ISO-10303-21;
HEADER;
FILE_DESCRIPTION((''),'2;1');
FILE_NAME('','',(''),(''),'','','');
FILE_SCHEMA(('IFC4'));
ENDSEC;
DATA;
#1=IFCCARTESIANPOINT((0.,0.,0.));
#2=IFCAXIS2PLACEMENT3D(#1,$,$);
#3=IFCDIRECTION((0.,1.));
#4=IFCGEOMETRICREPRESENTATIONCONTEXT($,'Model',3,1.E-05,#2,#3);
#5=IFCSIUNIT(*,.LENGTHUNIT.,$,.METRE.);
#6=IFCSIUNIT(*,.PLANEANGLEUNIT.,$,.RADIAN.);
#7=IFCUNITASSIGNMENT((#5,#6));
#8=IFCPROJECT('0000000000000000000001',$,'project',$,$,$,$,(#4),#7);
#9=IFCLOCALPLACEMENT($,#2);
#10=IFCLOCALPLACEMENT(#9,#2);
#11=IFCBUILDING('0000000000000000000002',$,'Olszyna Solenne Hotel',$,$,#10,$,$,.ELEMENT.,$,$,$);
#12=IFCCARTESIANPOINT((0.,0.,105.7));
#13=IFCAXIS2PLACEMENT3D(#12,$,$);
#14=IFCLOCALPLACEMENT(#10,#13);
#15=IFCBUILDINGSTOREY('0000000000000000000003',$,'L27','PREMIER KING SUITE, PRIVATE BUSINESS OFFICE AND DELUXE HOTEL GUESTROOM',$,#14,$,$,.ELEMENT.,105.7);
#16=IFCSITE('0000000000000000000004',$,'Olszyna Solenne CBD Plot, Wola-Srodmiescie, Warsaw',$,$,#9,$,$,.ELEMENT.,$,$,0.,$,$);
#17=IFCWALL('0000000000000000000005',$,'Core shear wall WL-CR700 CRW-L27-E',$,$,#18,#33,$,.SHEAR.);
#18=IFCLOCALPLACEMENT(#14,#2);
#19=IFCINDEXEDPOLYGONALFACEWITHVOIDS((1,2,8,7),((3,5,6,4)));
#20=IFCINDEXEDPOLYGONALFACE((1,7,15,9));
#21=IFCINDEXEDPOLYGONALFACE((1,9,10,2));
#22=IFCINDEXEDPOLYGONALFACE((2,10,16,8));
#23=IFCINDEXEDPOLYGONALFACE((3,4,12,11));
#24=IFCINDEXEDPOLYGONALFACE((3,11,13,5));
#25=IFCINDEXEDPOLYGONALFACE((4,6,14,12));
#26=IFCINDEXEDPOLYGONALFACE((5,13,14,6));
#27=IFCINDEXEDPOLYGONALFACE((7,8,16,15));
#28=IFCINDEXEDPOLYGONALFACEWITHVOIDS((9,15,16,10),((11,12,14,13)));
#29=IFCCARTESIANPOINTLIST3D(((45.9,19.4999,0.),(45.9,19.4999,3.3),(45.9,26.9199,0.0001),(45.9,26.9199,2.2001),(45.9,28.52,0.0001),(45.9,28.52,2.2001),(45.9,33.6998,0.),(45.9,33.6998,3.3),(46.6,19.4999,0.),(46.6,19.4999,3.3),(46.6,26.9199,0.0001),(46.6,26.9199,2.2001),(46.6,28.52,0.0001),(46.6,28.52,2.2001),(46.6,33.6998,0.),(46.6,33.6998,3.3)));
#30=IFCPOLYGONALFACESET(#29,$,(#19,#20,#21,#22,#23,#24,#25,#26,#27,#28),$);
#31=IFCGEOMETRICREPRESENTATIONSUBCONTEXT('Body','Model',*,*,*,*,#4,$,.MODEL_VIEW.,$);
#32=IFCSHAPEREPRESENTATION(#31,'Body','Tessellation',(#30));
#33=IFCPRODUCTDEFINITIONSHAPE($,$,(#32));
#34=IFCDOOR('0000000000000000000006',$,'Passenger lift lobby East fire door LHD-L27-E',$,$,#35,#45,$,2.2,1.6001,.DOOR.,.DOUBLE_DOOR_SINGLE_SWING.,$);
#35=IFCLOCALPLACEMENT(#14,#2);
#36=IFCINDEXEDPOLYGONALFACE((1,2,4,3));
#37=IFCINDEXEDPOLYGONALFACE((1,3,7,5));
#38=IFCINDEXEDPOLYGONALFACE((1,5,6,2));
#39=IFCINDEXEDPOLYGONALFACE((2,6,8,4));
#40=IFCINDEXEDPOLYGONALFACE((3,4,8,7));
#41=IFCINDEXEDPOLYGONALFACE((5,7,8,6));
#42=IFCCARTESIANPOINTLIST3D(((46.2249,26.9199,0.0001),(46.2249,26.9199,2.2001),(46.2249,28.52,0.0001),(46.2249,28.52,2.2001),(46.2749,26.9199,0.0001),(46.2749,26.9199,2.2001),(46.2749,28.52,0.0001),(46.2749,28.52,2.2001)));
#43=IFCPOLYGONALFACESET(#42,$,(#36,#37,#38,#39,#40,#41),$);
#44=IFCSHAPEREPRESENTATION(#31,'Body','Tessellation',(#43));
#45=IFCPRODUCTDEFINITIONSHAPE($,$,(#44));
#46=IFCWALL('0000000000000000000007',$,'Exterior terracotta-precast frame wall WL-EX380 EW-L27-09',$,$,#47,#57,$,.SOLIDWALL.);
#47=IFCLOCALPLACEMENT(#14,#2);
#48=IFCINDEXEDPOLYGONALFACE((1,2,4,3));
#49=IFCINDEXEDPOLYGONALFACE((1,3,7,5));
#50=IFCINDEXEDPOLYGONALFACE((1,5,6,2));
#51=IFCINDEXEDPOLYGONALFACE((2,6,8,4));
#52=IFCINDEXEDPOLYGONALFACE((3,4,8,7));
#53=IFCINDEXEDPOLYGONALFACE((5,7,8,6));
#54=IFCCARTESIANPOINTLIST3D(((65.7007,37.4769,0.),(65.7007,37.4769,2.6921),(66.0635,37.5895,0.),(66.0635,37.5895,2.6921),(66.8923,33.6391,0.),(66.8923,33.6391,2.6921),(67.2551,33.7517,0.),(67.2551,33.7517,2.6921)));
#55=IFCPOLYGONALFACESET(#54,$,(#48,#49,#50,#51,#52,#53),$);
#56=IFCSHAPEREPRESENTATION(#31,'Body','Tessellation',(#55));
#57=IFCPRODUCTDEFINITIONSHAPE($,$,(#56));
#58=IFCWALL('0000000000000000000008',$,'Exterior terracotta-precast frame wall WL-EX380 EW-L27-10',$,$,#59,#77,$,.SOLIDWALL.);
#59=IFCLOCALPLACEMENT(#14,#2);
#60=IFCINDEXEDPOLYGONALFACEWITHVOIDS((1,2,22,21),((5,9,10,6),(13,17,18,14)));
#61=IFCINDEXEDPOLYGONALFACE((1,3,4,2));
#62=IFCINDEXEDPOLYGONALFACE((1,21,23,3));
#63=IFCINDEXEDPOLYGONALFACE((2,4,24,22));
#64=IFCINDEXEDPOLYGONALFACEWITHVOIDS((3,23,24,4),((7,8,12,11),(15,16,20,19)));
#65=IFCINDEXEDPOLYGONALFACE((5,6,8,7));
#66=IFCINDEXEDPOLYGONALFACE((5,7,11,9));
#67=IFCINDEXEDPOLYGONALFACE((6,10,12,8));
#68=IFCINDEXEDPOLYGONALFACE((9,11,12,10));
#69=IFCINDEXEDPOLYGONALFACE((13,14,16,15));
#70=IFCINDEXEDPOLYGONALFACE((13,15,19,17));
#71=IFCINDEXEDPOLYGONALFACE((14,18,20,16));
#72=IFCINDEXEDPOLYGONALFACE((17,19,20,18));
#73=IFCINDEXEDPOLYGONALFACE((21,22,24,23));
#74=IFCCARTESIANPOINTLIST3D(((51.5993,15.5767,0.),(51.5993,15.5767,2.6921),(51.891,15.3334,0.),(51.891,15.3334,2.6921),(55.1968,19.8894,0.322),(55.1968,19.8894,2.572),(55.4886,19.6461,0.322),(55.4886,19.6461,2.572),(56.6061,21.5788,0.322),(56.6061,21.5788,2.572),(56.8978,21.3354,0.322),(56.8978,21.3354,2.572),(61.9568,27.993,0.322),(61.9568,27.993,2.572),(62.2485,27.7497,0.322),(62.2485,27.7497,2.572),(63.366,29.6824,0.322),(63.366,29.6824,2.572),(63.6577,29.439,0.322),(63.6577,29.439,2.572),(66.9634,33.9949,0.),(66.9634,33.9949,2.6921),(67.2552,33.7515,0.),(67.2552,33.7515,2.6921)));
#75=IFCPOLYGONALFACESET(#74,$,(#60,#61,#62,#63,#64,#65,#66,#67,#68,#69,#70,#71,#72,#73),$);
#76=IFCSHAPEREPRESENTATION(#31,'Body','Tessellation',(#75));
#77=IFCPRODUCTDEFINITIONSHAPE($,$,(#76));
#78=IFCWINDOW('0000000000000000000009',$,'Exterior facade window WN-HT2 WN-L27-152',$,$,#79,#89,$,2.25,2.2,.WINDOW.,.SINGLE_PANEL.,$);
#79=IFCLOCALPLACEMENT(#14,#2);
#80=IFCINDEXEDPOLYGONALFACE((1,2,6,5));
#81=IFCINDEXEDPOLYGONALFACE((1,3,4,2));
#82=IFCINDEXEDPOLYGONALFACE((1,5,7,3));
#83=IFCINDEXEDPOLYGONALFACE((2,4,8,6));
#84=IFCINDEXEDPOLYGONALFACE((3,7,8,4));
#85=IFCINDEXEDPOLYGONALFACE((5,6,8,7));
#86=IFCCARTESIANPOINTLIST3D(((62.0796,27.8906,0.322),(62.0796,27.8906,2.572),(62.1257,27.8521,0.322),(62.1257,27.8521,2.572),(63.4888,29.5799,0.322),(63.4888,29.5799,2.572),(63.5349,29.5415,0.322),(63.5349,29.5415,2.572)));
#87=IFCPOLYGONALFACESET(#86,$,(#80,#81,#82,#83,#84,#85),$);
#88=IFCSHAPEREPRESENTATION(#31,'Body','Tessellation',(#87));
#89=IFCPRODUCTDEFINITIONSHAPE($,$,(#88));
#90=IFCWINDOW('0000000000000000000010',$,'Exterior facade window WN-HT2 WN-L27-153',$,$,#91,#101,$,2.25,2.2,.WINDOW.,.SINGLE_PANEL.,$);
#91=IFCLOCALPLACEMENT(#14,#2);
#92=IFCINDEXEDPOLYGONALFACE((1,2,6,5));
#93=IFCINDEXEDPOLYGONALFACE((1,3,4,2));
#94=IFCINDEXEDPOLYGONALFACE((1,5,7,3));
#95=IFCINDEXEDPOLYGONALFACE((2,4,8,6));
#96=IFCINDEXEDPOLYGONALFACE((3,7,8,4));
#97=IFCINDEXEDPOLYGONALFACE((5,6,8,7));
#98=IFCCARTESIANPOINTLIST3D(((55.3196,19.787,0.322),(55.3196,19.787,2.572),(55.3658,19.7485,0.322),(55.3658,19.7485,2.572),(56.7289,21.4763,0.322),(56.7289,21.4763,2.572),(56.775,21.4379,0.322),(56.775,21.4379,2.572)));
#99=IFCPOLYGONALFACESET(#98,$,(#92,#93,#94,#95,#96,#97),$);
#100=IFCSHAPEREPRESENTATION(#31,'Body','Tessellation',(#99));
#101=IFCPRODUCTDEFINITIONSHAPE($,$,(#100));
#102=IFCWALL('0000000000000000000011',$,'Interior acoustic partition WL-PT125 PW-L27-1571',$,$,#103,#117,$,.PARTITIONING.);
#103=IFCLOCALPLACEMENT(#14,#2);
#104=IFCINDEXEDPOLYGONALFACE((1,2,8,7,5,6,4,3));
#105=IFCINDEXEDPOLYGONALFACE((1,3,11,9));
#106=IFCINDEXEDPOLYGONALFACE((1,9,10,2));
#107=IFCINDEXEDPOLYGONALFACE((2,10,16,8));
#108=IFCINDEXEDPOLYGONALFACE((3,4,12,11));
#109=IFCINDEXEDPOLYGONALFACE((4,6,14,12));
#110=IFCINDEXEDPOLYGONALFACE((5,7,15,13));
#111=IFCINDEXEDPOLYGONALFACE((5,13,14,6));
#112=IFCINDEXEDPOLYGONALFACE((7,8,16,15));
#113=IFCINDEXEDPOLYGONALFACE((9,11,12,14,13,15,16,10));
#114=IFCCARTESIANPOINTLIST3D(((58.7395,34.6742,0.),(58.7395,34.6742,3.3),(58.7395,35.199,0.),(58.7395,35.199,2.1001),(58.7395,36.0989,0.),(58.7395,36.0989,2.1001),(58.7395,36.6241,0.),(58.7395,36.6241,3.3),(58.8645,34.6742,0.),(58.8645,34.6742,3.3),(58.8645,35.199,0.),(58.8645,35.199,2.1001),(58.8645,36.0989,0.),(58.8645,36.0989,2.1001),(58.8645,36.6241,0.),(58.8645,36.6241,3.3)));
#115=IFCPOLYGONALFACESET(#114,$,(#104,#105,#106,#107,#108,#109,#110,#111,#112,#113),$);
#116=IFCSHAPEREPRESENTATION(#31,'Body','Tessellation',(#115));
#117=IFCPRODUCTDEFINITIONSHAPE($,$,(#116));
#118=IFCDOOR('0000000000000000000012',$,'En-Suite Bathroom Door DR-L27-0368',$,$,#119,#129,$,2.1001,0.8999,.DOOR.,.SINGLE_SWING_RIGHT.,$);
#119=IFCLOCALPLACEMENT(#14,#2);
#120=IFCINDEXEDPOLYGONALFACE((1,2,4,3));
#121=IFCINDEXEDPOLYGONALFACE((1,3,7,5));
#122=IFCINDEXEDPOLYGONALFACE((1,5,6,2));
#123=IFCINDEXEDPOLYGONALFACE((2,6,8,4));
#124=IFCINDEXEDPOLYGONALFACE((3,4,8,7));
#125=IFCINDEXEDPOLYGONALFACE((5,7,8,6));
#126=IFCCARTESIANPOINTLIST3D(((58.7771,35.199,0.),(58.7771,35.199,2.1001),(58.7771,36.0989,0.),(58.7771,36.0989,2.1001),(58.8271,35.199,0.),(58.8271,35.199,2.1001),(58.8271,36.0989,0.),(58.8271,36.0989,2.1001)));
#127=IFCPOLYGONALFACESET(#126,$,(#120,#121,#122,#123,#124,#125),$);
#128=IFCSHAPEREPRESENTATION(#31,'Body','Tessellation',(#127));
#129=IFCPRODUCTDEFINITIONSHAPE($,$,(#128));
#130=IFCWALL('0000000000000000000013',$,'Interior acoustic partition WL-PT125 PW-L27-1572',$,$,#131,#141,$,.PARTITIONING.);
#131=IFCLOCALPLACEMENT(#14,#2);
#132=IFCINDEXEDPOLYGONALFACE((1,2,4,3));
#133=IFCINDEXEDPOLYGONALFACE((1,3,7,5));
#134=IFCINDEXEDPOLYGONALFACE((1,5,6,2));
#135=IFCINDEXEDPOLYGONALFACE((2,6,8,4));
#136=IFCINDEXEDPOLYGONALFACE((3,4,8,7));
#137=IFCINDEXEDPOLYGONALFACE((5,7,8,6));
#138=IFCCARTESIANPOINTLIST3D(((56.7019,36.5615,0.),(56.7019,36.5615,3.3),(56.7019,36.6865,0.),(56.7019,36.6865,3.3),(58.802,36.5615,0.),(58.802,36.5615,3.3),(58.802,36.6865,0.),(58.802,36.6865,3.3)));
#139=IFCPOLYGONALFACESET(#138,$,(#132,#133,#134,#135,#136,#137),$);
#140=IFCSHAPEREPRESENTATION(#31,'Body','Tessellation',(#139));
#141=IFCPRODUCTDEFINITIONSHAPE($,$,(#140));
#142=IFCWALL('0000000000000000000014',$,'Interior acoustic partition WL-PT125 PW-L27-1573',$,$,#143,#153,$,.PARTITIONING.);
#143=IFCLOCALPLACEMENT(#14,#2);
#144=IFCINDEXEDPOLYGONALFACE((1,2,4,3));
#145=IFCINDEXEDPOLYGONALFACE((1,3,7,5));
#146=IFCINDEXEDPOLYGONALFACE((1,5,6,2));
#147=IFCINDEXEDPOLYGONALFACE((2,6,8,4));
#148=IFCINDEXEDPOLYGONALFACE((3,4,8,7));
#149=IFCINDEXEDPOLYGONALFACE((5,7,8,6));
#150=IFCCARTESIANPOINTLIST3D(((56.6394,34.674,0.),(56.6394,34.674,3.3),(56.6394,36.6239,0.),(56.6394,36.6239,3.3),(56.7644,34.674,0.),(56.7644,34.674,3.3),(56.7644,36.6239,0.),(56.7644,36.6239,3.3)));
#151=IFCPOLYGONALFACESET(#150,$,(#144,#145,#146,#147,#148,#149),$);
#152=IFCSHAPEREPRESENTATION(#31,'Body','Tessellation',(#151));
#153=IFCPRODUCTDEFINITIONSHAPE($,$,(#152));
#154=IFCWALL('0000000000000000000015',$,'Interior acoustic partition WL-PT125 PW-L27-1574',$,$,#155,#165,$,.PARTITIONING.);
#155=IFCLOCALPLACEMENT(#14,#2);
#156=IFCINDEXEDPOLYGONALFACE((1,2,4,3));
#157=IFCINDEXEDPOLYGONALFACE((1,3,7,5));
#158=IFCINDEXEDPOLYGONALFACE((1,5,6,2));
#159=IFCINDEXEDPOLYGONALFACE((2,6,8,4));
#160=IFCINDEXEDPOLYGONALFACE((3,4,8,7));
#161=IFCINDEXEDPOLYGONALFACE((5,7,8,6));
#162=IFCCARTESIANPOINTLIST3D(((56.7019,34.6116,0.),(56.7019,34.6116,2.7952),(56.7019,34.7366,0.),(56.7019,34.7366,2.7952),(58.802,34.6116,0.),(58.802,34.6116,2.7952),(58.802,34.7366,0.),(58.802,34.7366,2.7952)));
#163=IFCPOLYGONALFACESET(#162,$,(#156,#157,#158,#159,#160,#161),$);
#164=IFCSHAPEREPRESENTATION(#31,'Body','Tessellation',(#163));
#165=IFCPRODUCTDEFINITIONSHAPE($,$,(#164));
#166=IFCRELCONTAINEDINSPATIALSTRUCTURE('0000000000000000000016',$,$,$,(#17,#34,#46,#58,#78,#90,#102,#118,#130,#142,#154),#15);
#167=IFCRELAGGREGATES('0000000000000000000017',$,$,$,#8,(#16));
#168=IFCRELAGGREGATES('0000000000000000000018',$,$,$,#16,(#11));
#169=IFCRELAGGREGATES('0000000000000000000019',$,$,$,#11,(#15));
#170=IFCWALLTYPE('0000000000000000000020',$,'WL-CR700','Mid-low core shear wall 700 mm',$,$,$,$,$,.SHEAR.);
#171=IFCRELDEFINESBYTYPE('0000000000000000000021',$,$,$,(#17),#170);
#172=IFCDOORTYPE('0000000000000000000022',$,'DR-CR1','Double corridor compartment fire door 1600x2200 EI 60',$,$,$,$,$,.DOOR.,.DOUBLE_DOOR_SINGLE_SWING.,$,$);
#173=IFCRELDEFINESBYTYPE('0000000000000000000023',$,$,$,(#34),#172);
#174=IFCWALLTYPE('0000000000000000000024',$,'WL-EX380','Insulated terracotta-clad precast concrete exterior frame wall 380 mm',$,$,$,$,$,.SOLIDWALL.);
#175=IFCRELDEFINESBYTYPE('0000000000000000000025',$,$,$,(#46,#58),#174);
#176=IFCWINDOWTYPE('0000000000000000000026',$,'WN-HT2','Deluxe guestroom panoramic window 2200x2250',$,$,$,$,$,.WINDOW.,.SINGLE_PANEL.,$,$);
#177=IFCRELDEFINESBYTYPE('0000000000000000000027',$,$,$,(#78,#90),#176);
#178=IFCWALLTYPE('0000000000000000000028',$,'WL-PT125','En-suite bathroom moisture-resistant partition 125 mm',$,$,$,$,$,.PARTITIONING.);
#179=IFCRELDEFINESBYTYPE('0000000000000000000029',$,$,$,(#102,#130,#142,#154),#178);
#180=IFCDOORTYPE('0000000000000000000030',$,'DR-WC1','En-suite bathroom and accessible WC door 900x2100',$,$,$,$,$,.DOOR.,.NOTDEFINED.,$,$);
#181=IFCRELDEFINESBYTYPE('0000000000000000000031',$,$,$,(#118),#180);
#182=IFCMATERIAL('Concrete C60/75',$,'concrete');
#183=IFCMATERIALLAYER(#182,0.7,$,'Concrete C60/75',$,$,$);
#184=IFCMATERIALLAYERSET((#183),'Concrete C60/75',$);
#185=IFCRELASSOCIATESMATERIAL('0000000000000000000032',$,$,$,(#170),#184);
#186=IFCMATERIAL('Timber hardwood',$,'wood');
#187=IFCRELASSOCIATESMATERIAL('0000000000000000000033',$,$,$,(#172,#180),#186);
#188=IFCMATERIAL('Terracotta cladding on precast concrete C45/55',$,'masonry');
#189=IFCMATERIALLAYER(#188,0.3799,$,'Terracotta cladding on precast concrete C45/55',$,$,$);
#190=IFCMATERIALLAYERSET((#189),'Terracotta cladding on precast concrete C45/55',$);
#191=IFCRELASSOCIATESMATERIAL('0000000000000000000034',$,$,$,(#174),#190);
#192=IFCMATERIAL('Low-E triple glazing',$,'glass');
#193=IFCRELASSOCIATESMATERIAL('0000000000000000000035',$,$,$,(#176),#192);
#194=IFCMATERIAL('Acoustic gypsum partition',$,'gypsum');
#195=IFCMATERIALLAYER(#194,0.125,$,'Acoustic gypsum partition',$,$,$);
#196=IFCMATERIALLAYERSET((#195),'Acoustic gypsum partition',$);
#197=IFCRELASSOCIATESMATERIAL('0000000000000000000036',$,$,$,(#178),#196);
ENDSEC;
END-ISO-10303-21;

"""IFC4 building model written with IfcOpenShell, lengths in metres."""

from ifc_helpers import new_model, si_unit, direction, frame, frame_2d, origin, place, context, subcontext, project, spatial, rectangle, extrude, source, transform, mapped, material, layer, layer_set, type_object, type_shapes, element, fill, save


model = new_model("IFC4")

# Units and contexts
model_context = context("Model", 3, precision=1e-05, world=origin(), true_north=direction((0.0, 1.0)))
body_context = subcontext(model_context, "Body", "Model", "MODEL_VIEW")
ifc_project = project(units=[si_unit("LENGTHUNIT", "METRE"), si_unit("PLANEANGLEUNIT", "RADIAN")], contexts=[model_context])

# Site, building, storey
site_placement = place(None, origin())
site = spatial("IfcSite", under=ifc_project, at=site_placement, Name="Olszyna Solenne CBD Plot, Wola-Srodmiescie, Warsaw", CompositionType="ELEMENT", RefElevation=0.0)
building_placement = place(site_placement, origin())
building = spatial("IfcBuilding", under=site, at=building_placement, Name="Olszyna Solenne Hotel", CompositionType="ELEMENT")
storey_placement = place(building_placement, frame((0.0, 0.0, 105.7)))
storey = spatial("IfcBuildingStorey", under=building, at=storey_placement, Name="L27", Description="PREMIER KING SUITE, PRIVATE BUSINESS OFFICE AND DELUXE HOTEL GUESTROOM", CompositionType="ELEMENT", Elevation=105.7)

# Wall, opening, door
ifc_material_1 = material(Name="Concrete C60/75", Category="concrete")
ifc_layer_1 = layer(ifc_material_1, 0.7, Name="Concrete C60/75")
ifc_layer_set_1 = layer_set([ifc_layer_1], Name="Concrete C60/75")
wall_type_1 = type_object("IfcWallType", Name="WL-CR700", Description="Mid-low core shear wall 700 mm", PredefinedType="SHEAR", material=ifc_layer_set_1)
wall_1_placement = place(storey_placement, frame((46.25, 33.7, 0.0), z_axis=(0.0, 0.0, 1.0), x_axis=(0.0, -1.0, 0.0)))
wall_1 = element("IfcWall", 1, at=wall_1_placement, inside=storey, type_object=wall_type_1, Name="Core shear wall WL-CR700 CRW-L27-E", PredefinedType="SHEAR", context=body_context, shape_type="SweptSolid", body=[
    extrude(rectangle(XDim=14.2, YDim=0.7, at=frame_2d((7.1001, 0.0))), origin(), (0.0, 0.0, 1.0), 3.3),
])
opening_1_placement = place(wall_1_placement, frame((5.1799, 0.0, 0.0)))
opening_1 = element("IfcOpeningElement", 2, at=opening_1_placement, cuts=wall_1, PredefinedType="OPENING", context=body_context, shape_type="SweptSolid", body=[
    extrude(rectangle(XDim=1.6001, YDim=2.2, at=frame_2d((0.8, 1.1001))), frame((0.0, 0.3599, 0.0), z_axis=(0.0, -1.0, 0.0), x_axis=(1.0, 0.0, 0.0)), (0.0, 0.0, 1.0), 0.72),
])
ifc_material_2 = material(Name="Timber hardwood", Category="wood")
door_type_1 = type_object("IfcDoorType", Name="DR-CR1", Description="Double corridor compartment fire door 1600x2200 EI 60", OperationType="DOUBLE_DOOR_SINGLE_SWING", PredefinedType="DOOR", material=ifc_material_2)
shared_shape_1 = source(origin(), body_context, "Body", "SweptSolid", [
    extrude(rectangle(XDim=1.6001, YDim=2.2, at=frame_2d((0.8, 1.1001))), frame((0.0, 0.0249, 0.0), z_axis=(0.0, -1.0, 0.0), x_axis=(1.0, 0.0, 0.0)), (0.0, 0.0, 1.0), 0.05),
])
type_shapes(door_type_1, [shared_shape_1])
door_1_placement = place(opening_1_placement, origin())
door_1 = element("IfcDoor", 3, at=door_1_placement, inside=storey, type_object=door_type_1, Name="Passenger lift lobby East fire door LHD-L27-E", OperationType="DOUBLE_DOOR_SINGLE_SWING", OverallHeight=2.2, OverallWidth=1.6001, PredefinedType="DOOR", context=body_context, shape_type="MappedRepresentation", body=[
    mapped(shared_shape_1, transform((0.0, 0.0, 0.0), x_axis=(1.0, 0.0, 0.0), y_axis=(0.0, 1.0, 0.0), z_axis=(0.0, 0.0, 1.0), scale=1.0)),
])
fill(opening_1, door_1)

# Wall
ifc_material_3 = material(Name="Terracotta cladding on precast concrete C45/55", Category="masonry")
ifc_layer_2 = layer(ifc_material_3, 0.3799, Name="Terracotta cladding on precast concrete C45/55")
ifc_layer_set_2 = layer_set([ifc_layer_2], Name="Terracotta cladding on precast concrete C45/55")
wall_type_2 = type_object("IfcWallType", Name="WL-EX380", Description="Insulated terracotta-clad precast concrete exterior frame wall 380 mm", PredefinedType="SOLIDWALL", material=ifc_layer_set_2)
wall_2_placement = place(storey_placement, frame((65.8821, 37.5332, 0.0), z_axis=(0.0, 0.0, 1.0), x_axis=(0.296531, -0.955023, 0.0)))
element("IfcWall", 4, at=wall_2_placement, inside=storey, type_object=wall_type_2, Name="Exterior terracotta-precast frame wall WL-EX380 EW-L27-09", PredefinedType="SOLIDWALL", context=body_context, shape_type="SweptSolid", body=[
    extrude(rectangle(XDim=4.0186, YDim=0.3799, at=frame_2d((2.0093, 0.0))), origin(), (0.0, 0.0, 1.0), 2.6921),
])

# Wall, openings, windows
wall_3_placement = place(storey_placement, frame((67.1094, 33.8733, 0.0), z_axis=(0.0, 0.0, 1.0), x_axis=(-0.640572, -0.767898, 0.0)))
wall_3 = element("IfcWall", 5, at=wall_3_placement, inside=storey, type_object=wall_type_2, Name="Exterior terracotta-precast frame wall WL-EX380 EW-L27-10", PredefinedType="SOLIDWALL", context=body_context, shape_type="SweptSolid", body=[
    extrude(rectangle(XDim=23.9851, YDim=0.3799, at=frame_2d((11.9927, 0.0))), origin(), (0.0, 0.0, 1.0), 2.6921),
])
opening_2_placement = place(wall_3_placement, frame((5.616, 0.0, 0.322)))
opening_2 = element("IfcOpeningElement", 6, at=opening_2_placement, cuts=wall_3, PredefinedType="OPENING", context=body_context, shape_type="SweptSolid", body=[
    extrude(rectangle(XDim=2.2, YDim=2.25, at=frame_2d((1.1001, 1.125))), frame((0.0, 0.2, 0.0), z_axis=(0.0, -1.0, 0.0), x_axis=(1.0, 0.0, 0.0)), (0.0, 0.0, 1.0), 0.3999),
])
opening_3_placement = place(wall_3_placement, frame((16.1689, 0.0, 0.322)))
opening_3 = element("IfcOpeningElement", 7, at=opening_3_placement, cuts=wall_3, PredefinedType="OPENING", context=body_context, shape_type="SweptSolid", body=[
    extrude(rectangle(XDim=2.2, YDim=2.25, at=frame_2d((1.1001, 1.125))), frame((0.0, 0.2, 0.0), z_axis=(0.0, -1.0, 0.0), x_axis=(1.0, 0.0, 0.0)), (0.0, 0.0, 1.0), 0.3999),
])
ifc_material_4 = material(Name="Low-E triple glazing", Category="glass")
window_type = type_object("IfcWindowType", Name="WN-HT2", Description="Deluxe guestroom panoramic window 2200x2250", PartitioningType="SINGLE_PANEL", PredefinedType="WINDOW", material=ifc_material_4)
shared_shape_2 = source(origin(), body_context, "Body", "SweptSolid", [
    extrude(rectangle(XDim=2.2, YDim=2.25, at=frame_2d((1.1001, 1.125))), frame((0.0, 0.03, 0.0), z_axis=(0.0, -1.0, 0.0), x_axis=(1.0, 0.0, 0.0)), (0.0, 0.0, 1.0), 0.0601),
])
type_shapes(window_type, [shared_shape_2])
window_1_placement = place(opening_2_placement, origin())
window_1 = element("IfcWindow", 8, at=window_1_placement, inside=storey, type_object=window_type, Name="Exterior facade window WN-HT2 WN-L27-152", OverallHeight=2.25, OverallWidth=2.2, PartitioningType="SINGLE_PANEL", PredefinedType="WINDOW", context=body_context, shape_type="MappedRepresentation", body=[
    mapped(shared_shape_2, transform((0.0, 0.0, 0.0), x_axis=(1.0, 0.0, 0.0), y_axis=(0.0, 1.0, 0.0), z_axis=(0.0, 0.0, 1.0), scale=1.0)),
])
fill(opening_2, window_1)
window_2_placement = place(opening_3_placement, origin())
window_2 = element("IfcWindow", 9, at=window_2_placement, inside=storey, type_object=window_type, Name="Exterior facade window WN-HT2 WN-L27-153", OverallHeight=2.25, OverallWidth=2.2, PartitioningType="SINGLE_PANEL", PredefinedType="WINDOW", context=body_context, shape_type="MappedRepresentation", body=[
    mapped(shared_shape_2, transform((0.0, 0.0, 0.0), x_axis=(1.0, 0.0, 0.0), y_axis=(0.0, 1.0, 0.0), z_axis=(0.0, 0.0, 1.0), scale=1.0)),
])
fill(opening_3, window_2)

# Wall, opening, door
ifc_material_5 = material(Name="Acoustic gypsum partition", Category="gypsum")
ifc_layer_3 = layer(ifc_material_5, 0.125, Name="Acoustic gypsum partition")
ifc_layer_set_3 = layer_set([ifc_layer_3], Name="Acoustic gypsum partition")
wall_type_3 = type_object("IfcWallType", Name="WL-PT125", Description="En-suite bathroom moisture-resistant partition 125 mm", PredefinedType="PARTITIONING", material=ifc_layer_set_3)
wall_4_placement = place(storey_placement, frame((58.802, 34.6741, 0.0), z_axis=(0.0, 0.0, 1.0), x_axis=(0.0, 1.0, 0.0)))
wall_4 = element("IfcWall", 10, at=wall_4_placement, inside=storey, type_object=wall_type_3, Name="Interior acoustic partition WL-PT125 PW-L27-1571", PredefinedType="PARTITIONING", context=body_context, shape_type="SweptSolid", body=[
    extrude(rectangle(XDim=1.95, YDim=0.125, at=frame_2d((0.9751, 0.0))), origin(), (0.0, 0.0, 1.0), 3.3),
])
opening_4_placement = place(wall_4_placement, frame((0.5249, 0.0, 0.0)))
opening_4 = element("IfcOpeningElement", 11, at=opening_4_placement, cuts=wall_4, PredefinedType="OPENING", context=body_context, shape_type="SweptSolid", body=[
    extrude(rectangle(XDim=0.8999, YDim=2.1001, at=frame_2d((0.45, 1.05))), frame((0.0, 0.0725, 0.0), z_axis=(0.0, -1.0, 0.0), x_axis=(1.0, 0.0, 0.0)), (0.0, 0.0, 1.0), 0.145),
])
door_type_2 = type_object("IfcDoorType", Name="DR-WC1", Description="En-suite bathroom and accessible WC door 900x2100", OperationType="NOTDEFINED", PredefinedType="DOOR", material=ifc_material_2)
shared_shape_3 = source(origin(), body_context, "Body", "SweptSolid", [
    extrude(rectangle(XDim=0.8999, YDim=2.1001, at=frame_2d((0.45, 1.05))), frame((0.0, 0.0249, 0.0), z_axis=(0.0, -1.0, 0.0), x_axis=(1.0, 0.0, 0.0)), (0.0, 0.0, 1.0), 0.05),
])
type_shapes(door_type_2, [shared_shape_3])
door_2_placement = place(opening_4_placement, origin())
door_2 = element("IfcDoor", 12, at=door_2_placement, inside=storey, type_object=door_type_2, Name="En-Suite Bathroom Door DR-L27-0368", OperationType="SINGLE_SWING_RIGHT", OverallHeight=2.1001, OverallWidth=0.8999, PredefinedType="DOOR", context=body_context, shape_type="MappedRepresentation", body=[
    mapped(shared_shape_3, transform((0.0, 0.0, 0.0), x_axis=(1.0, 0.0, 0.0), y_axis=(0.0, 1.0, 0.0), z_axis=(0.0, 0.0, 1.0), scale=1.0)),
])
fill(opening_4, door_2)

# Walls
wall_5_placement = place(storey_placement, frame((58.802, 36.624, 0.0), z_axis=(0.0, 0.0, 1.0), x_axis=(-1.0, 0.0, 0.0)))
element("IfcWall", 13, at=wall_5_placement, inside=storey, type_object=wall_type_3, Name="Interior acoustic partition WL-PT125 PW-L27-1572", PredefinedType="PARTITIONING", context=body_context, shape_type="SweptSolid", body=[
    extrude(rectangle(XDim=2.1001, YDim=0.125, at=frame_2d((1.05, 0.0))), origin(), (0.0, 0.0, 1.0), 3.3),
])
wall_6_placement = place(storey_placement, frame((56.7019, 36.624, 0.0), z_axis=(0.0, 0.0, 1.0), x_axis=(0.0, -1.0, 0.0)))
element("IfcWall", 14, at=wall_6_placement, inside=storey, type_object=wall_type_3, Name="Interior acoustic partition WL-PT125 PW-L27-1573", PredefinedType="PARTITIONING", context=body_context, shape_type="SweptSolid", body=[
    extrude(rectangle(XDim=1.95, YDim=0.125, at=frame_2d((0.9751, 0.0))), origin(), (0.0, 0.0, 1.0), 3.3),
])
wall_7_placement = place(storey_placement, frame((56.7019, 34.6741, 0.0), z_axis=(0.0, 0.0, 1.0), x_axis=(1.0, 0.0, 0.0)))
element("IfcWall", 15, at=wall_7_placement, inside=storey, type_object=wall_type_3, Name="Interior acoustic partition WL-PT125 PW-L27-1574", PredefinedType="PARTITIONING", context=body_context, shape_type="SweptSolid", body=[
    extrude(rectangle(XDim=2.1001, YDim=0.125, at=frame_2d((1.05, 0.0))), origin(), (0.0, 0.0, 1.0), 2.7952),
])

save(model, "model.ifc")
